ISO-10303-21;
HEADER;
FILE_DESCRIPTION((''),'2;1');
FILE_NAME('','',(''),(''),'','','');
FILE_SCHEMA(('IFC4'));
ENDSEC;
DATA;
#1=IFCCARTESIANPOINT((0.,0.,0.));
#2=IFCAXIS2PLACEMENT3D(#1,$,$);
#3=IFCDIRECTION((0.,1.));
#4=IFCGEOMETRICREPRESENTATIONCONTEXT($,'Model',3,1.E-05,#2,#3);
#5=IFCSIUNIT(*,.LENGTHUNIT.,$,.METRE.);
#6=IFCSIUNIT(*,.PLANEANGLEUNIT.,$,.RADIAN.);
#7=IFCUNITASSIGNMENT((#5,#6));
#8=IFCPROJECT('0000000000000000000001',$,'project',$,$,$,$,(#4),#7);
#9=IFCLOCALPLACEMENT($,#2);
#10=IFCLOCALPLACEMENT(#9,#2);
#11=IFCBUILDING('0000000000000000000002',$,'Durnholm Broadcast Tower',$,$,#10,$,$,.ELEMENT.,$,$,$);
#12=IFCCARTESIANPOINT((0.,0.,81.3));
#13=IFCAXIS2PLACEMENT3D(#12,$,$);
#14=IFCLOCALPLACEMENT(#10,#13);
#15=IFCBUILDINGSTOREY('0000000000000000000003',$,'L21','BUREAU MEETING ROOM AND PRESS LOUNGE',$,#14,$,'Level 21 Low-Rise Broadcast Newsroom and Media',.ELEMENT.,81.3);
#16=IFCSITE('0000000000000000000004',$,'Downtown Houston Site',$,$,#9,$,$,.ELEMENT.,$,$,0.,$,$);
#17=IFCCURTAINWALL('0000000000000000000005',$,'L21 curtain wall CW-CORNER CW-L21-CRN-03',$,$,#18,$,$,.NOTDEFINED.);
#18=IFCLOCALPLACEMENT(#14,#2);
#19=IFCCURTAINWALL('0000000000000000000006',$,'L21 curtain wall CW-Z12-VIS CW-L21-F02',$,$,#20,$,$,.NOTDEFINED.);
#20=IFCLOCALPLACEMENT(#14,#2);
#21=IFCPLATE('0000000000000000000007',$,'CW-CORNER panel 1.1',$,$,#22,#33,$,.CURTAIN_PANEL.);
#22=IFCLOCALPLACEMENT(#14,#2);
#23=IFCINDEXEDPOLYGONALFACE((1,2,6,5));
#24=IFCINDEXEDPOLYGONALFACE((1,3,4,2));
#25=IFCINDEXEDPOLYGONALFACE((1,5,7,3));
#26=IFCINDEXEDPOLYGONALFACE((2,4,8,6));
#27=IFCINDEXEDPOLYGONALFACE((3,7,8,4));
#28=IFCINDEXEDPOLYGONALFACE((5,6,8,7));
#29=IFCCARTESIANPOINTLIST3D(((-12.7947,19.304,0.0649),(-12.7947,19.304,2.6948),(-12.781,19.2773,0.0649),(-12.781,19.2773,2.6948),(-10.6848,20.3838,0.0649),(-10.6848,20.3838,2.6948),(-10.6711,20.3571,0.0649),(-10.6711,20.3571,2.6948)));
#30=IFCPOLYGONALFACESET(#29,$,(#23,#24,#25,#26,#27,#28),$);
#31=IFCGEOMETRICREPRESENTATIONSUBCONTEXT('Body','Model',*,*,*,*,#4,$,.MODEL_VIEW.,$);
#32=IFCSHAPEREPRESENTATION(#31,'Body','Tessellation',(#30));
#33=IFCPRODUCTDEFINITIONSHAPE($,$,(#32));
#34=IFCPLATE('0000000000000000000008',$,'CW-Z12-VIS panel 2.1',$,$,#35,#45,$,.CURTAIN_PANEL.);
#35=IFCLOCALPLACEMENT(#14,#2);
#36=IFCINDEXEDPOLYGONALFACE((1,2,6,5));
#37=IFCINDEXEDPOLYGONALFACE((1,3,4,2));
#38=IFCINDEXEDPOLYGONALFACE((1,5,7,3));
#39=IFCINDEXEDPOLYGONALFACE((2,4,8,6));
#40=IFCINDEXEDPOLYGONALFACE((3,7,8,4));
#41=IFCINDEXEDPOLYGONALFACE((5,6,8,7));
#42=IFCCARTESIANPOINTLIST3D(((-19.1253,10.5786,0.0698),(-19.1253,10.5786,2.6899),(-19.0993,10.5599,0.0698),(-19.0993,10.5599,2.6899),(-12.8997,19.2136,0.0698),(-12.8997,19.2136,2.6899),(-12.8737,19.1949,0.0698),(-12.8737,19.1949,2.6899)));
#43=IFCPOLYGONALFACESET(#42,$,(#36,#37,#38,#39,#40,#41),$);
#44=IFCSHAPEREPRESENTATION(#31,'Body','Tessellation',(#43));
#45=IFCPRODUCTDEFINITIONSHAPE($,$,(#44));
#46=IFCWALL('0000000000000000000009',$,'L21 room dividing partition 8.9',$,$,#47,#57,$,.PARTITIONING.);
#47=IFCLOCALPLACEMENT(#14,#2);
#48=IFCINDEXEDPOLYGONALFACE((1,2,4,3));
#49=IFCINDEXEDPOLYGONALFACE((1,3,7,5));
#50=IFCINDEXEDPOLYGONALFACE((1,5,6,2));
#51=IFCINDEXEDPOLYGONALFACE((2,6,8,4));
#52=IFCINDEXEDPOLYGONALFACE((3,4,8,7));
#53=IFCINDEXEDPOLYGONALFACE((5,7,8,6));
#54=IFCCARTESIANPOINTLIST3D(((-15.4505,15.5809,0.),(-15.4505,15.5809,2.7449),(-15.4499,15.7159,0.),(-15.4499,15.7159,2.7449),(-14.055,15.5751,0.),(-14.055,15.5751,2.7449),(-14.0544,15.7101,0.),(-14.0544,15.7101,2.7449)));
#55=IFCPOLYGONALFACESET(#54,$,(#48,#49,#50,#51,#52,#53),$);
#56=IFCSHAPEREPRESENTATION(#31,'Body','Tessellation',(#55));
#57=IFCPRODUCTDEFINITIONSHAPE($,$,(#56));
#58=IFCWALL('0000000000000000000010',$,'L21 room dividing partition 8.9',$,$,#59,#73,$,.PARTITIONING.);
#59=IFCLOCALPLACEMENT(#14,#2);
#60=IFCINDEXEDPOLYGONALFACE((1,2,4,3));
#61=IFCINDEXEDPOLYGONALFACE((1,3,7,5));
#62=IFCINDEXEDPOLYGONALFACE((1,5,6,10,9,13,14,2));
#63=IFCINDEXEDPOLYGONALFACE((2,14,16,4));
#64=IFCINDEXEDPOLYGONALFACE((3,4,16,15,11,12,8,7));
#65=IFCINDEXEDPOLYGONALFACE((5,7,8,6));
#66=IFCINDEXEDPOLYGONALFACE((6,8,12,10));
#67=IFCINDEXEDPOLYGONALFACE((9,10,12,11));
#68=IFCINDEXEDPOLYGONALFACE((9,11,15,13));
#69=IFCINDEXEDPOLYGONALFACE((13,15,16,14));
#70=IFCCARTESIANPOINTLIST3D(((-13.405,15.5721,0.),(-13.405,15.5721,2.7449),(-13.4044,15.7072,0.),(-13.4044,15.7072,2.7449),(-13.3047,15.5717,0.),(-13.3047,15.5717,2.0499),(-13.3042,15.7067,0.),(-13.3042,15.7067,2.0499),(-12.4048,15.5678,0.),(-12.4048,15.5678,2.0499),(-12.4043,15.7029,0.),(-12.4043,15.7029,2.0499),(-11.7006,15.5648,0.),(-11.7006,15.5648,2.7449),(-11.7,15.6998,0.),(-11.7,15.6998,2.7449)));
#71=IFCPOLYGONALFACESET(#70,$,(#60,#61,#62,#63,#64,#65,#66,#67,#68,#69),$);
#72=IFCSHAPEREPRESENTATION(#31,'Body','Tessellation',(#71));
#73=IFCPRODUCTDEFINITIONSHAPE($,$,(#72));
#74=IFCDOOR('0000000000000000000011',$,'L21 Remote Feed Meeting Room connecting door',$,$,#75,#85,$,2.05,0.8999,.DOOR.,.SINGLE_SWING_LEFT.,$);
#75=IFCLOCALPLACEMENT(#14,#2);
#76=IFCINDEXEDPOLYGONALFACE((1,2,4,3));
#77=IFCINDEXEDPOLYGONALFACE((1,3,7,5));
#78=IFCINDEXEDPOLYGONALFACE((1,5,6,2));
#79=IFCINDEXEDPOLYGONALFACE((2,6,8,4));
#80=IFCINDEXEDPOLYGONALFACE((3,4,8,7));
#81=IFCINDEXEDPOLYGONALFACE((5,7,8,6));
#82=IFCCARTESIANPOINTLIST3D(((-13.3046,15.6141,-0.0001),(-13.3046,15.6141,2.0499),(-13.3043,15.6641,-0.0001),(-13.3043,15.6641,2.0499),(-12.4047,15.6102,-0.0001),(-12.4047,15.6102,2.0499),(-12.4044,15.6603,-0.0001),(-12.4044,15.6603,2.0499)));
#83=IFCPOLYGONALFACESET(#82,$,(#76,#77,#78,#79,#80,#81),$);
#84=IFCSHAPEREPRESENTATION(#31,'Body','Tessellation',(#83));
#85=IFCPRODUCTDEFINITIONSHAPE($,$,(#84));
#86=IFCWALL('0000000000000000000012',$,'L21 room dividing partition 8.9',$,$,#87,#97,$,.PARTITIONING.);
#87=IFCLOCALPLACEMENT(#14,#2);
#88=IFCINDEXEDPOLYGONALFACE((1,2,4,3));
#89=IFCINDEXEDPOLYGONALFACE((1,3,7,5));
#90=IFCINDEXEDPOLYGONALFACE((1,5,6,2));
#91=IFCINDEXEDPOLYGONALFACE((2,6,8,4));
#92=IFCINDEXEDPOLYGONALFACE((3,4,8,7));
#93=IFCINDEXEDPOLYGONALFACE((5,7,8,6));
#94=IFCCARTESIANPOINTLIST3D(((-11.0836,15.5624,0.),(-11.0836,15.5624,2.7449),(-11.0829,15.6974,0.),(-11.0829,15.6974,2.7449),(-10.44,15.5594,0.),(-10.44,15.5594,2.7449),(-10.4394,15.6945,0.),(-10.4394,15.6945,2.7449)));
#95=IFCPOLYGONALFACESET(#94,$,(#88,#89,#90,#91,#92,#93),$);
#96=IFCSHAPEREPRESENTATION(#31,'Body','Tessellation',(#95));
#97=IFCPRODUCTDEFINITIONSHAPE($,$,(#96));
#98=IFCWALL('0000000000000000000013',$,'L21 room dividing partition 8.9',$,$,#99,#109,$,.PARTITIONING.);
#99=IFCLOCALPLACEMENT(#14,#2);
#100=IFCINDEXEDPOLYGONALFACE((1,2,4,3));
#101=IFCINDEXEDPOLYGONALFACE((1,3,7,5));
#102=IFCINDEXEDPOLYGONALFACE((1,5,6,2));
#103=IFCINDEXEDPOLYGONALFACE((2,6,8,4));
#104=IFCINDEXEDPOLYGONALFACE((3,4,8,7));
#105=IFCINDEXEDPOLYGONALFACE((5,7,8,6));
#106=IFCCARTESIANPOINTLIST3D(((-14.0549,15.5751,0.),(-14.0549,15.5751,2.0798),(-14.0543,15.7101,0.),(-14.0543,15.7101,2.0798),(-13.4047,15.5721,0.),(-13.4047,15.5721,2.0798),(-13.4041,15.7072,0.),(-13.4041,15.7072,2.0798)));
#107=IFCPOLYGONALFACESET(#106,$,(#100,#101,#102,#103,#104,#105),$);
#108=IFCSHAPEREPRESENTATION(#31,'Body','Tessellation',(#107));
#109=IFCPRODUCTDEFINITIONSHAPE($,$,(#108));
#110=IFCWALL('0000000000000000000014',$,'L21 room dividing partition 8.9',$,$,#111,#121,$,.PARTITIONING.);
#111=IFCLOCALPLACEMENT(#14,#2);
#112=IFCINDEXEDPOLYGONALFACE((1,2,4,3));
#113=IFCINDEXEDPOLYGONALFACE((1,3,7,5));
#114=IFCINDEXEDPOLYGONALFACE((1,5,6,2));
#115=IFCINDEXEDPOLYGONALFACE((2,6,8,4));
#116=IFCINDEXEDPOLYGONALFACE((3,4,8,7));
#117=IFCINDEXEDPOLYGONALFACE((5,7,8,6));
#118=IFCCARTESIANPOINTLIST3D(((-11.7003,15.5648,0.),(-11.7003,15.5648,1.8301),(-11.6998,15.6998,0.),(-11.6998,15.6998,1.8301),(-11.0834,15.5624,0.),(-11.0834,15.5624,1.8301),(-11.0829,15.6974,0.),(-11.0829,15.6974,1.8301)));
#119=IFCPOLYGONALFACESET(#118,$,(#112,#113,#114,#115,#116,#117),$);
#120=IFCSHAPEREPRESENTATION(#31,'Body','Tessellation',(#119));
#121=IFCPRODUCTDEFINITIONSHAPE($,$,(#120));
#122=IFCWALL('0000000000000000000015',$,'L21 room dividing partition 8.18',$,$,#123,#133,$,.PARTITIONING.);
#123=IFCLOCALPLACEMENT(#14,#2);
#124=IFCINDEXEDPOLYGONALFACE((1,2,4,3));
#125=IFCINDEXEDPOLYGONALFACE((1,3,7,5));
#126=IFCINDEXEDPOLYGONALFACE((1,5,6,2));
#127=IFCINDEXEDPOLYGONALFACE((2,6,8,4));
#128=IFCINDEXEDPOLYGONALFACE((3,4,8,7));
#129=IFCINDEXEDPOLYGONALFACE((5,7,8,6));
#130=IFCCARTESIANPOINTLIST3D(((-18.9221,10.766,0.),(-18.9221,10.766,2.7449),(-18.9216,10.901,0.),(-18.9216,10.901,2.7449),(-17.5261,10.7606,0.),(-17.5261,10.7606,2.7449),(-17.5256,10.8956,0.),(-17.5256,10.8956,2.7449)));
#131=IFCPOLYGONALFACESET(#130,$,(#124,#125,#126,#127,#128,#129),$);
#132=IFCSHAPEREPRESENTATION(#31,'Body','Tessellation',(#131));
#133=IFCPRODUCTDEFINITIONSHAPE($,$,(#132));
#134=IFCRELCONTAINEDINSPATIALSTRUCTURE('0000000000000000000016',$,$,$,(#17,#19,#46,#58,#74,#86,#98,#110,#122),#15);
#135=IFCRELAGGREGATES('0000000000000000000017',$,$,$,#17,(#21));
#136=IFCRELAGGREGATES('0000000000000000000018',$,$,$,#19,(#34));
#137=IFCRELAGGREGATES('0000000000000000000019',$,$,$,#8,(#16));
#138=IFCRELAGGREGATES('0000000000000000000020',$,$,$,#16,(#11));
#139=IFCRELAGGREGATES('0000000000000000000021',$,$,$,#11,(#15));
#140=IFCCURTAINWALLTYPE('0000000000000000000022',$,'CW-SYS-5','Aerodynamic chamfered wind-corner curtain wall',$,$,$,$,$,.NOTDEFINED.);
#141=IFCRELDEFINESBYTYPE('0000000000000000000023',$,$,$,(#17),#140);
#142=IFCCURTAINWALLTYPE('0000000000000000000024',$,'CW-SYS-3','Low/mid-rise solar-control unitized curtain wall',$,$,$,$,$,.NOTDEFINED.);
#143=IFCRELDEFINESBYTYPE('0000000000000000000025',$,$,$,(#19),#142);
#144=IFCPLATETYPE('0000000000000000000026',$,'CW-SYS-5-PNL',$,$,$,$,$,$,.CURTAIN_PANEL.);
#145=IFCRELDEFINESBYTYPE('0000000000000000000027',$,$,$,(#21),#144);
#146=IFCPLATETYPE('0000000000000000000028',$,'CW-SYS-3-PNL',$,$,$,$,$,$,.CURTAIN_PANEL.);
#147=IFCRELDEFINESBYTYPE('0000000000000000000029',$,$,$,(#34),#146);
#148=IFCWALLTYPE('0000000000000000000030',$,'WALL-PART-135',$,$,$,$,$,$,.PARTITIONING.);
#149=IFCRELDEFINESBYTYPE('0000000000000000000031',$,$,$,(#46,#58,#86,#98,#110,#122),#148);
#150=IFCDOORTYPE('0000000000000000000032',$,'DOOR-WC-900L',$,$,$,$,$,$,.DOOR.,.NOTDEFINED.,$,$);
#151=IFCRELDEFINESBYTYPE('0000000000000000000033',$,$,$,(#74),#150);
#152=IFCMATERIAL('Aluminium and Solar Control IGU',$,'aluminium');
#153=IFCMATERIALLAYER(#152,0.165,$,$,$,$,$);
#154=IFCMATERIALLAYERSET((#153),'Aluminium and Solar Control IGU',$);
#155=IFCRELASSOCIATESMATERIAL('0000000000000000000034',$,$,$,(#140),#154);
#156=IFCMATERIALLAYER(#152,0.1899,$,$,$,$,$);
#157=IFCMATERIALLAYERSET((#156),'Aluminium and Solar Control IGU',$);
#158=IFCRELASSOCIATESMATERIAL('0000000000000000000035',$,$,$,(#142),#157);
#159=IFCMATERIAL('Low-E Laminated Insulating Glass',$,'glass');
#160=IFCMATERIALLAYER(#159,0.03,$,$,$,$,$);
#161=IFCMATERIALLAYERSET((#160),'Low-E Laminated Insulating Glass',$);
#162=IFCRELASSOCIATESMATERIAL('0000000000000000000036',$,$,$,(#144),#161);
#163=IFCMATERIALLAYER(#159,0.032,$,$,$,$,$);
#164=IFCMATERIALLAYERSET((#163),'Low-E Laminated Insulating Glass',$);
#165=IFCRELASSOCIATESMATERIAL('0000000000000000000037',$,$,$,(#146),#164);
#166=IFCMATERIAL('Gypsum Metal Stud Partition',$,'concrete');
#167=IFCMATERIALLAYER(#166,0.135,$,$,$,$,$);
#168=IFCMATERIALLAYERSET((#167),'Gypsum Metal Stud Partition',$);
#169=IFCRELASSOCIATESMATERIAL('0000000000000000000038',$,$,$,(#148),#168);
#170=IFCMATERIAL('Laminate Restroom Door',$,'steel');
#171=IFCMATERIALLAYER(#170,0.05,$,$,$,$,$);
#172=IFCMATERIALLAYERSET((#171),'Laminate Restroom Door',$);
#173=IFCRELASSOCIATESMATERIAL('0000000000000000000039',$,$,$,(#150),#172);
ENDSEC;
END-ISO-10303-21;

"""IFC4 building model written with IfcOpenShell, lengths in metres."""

from ifc_helpers import new_model, si_unit, direction, frame, frame_2d, origin, origin_2d, place, context, subcontext, project, spatial, rectangle, extrude, source, transform, mapped, material, layer, layer_set, type_object, type_shapes, element, fill, aggregate, save


model = new_model("IFC4")

# Units and contexts
model_context = context("Model", 3, precision=1e-05, world=origin(), true_north=direction((0.0, 1.0)))
body_context = subcontext(model_context, "Body", "Model", "MODEL_VIEW")
ifc_project = project(units=[si_unit("LENGTHUNIT", "METRE"), si_unit("PLANEANGLEUNIT", "RADIAN")], contexts=[model_context])

# Site, building, storey
site_placement = place(None, origin())
site = spatial("IfcSite", under=ifc_project, at=site_placement, Name="Downtown Houston Site", CompositionType="ELEMENT", RefElevation=0.0)
building_placement = place(site_placement, origin())
building = spatial("IfcBuilding", under=site, at=building_placement, Name="Durnholm Broadcast Tower", CompositionType="ELEMENT")
storey_placement = place(building_placement, frame((0.0, 0.0, 81.3)))
storey = spatial("IfcBuildingStorey", under=building, at=storey_placement, Name="L21", Description="BUREAU MEETING ROOM AND PRESS LOUNGE", LongName="Level 21 Low-Rise Broadcast Newsroom and Media", CompositionType="ELEMENT", Elevation=81.3)

# Curtain wall
ifc_material_1 = material(Name="Aluminium and Solar Control IGU", Category="aluminium")
ifc_layer_1 = layer(ifc_material_1, 0.165)
ifc_layer_set_1 = layer_set([ifc_layer_1], Name="Aluminium and Solar Control IGU")
curtain_wall_type_1 = type_object("IfcCurtainWallType", Name="CW-SYS-5", Description="Aerodynamic chamfered wind-corner curtain wall", PredefinedType="NOTDEFINED", material=ifc_layer_set_1)
curtain_wall_1_placement = place(storey_placement, origin())
curtain_wall_1 = element("IfcCurtainWall", 1, at=curtain_wall_1_placement, inside=storey, type_object=curtain_wall_type_1, Name="L21 curtain wall CW-CORNER CW-L21-CRN-03", PredefinedType="NOTDEFINED")

# Curtain wall
ifc_layer_2 = layer(ifc_material_1, 0.1899)
ifc_layer_set_2 = layer_set([ifc_layer_2], Name="Aluminium and Solar Control IGU")
curtain_wall_type_2 = type_object("IfcCurtainWallType", Name="CW-SYS-3", Description="Low/mid-rise solar-control unitized curtain wall", PredefinedType="NOTDEFINED", material=ifc_layer_set_2)
curtain_wall_2_placement = place(storey_placement, origin())
curtain_wall_2 = element("IfcCurtainWall", 2, at=curtain_wall_2_placement, inside=storey, type_object=curtain_wall_type_2, Name="L21 curtain wall CW-Z12-VIS CW-L21-F02", PredefinedType="NOTDEFINED")

# Plates
ifc_material_2 = material(Name="Low-E Laminated Insulating Glass", Category="glass")
ifc_layer_3 = layer(ifc_material_2, 0.03)
ifc_layer_set_3 = layer_set([ifc_layer_3], Name="Low-E Laminated Insulating Glass")
plate_type_1 = type_object("IfcPlateType", Name="CW-SYS-5-PNL", PredefinedType="CURTAIN_PANEL", material=ifc_layer_set_3)
shared_shape_1 = source(origin(), body_context, "Body", "SweptSolid", [
    extrude(rectangle(XDim=2.3701, YDim=0.03, at=origin_2d()), origin(), (0.0, 0.0, 1.0), 2.6299),
])
type_shapes(plate_type_1, [shared_shape_1])
plate_1_placement = place(storey_placement, frame((-11.7329, 19.8306, 0.0649), z_axis=(0.0, 0.0, 1.0), x_axis=(0.890188, 0.455594, 0.0)))
plate_1 = element("IfcPlate", 3, at=plate_1_placement, type_object=plate_type_1, Name="CW-CORNER panel 1.1", PredefinedType="CURTAIN_PANEL", context=body_context, shape_type="MappedRepresentation", body=[
    mapped(shared_shape_1, transform((0.0, 0.0, 0.0), x_axis=(1.0, 0.0, 0.0), y_axis=(0.0, 1.0, 0.0), z_axis=(0.0, 0.0, 1.0), scale=1.0)),
])
aggregate(curtain_wall_1, [plate_1])
ifc_layer_4 = layer(ifc_material_2, 0.032)
ifc_layer_set_4 = layer_set([ifc_layer_4], Name="Low-E Laminated Insulating Glass")
plate_type_2 = type_object("IfcPlateType", Name="CW-SYS-3-PNL", PredefinedType="CURTAIN_PANEL", material=ifc_layer_set_4)
shared_shape_2 = source(origin(), body_context, "Body", "SweptSolid", [
    extrude(rectangle(XDim=10.6453, YDim=0.032, at=origin_2d()), origin(), (0.0, 0.0, 1.0), 2.6201),
])
type_shapes(plate_type_2, [shared_shape_2])
plate_2_placement = place(storey_placement, frame((-15.9995, 14.8867, 0.0698), z_axis=(0.0, 0.0, 1.0), x_axis=(0.584823, 0.811161, 0.0)))
plate_2 = element("IfcPlate", 4, at=plate_2_placement, type_object=plate_type_2, Name="CW-Z12-VIS panel 2.1", PredefinedType="CURTAIN_PANEL", context=body_context, shape_type="MappedRepresentation", body=[
    mapped(shared_shape_2, transform((0.0, 0.0, 0.0), x_axis=(1.0, 0.0, 0.0), y_axis=(0.0, 1.0, 0.0), z_axis=(0.0, 0.0, 1.0), scale=1.0)),
])
aggregate(curtain_wall_2, [plate_2])

# Wall
ifc_material_3 = material(Name="Gypsum Metal Stud Partition", Category="concrete")
ifc_layer_5 = layer(ifc_material_3, 0.135)
ifc_layer_set_5 = layer_set([ifc_layer_5], Name="Gypsum Metal Stud Partition")
wall_type = type_object("IfcWallType", Name="WALL-PART-135", PredefinedType="PARTITIONING", material=ifc_layer_set_5)
wall_1_placement = place(storey_placement, frame((-15.4502, 15.6484, 0.0), z_axis=(0.0, 0.0, 1.0), x_axis=(0.999991, -0.004199, 0.0)))
element("IfcWall", 5, at=wall_1_placement, inside=storey, type_object=wall_type, Name="L21 room dividing partition 8.9", PredefinedType="PARTITIONING", context=body_context, shape_type="SweptSolid", body=[
    extrude(rectangle(XDim=1.3955, YDim=0.135, at=frame_2d((0.6978, 0.0))), origin(), (0.0, 0.0, 1.0), 2.7449),
])

# Wall, opening, door
wall_2_placement = place(storey_placement, frame((-13.4045, 15.6396, 0.0), z_axis=(0.0, 0.0, 1.0), x_axis=(0.999991, -0.004297, 0.0)))
wall_2 = element("IfcWall", 6, at=wall_2_placement, inside=storey, type_object=wall_type, Name="L21 room dividing partition 8.9", PredefinedType="PARTITIONING", context=body_context, shape_type="SweptSolid", body=[
    extrude(rectangle(XDim=1.7043, YDim=0.135, at=frame_2d((0.8521, 0.0))), origin(), (0.0, 0.0, 1.0), 2.7449),
])
opening_placement = place(wall_2_placement, frame((0.1001, 0.0, 0.0)))
opening = element("IfcOpeningElement", 7, at=opening_placement, cuts=wall_2, PredefinedType="OPENING", context=body_context, shape_type="SweptSolid", body=[
    extrude(rectangle(XDim=0.8999, YDim=2.05, at=frame_2d((0.45, 1.0249))), frame((0.0, 0.0776, 0.0), z_axis=(0.0, -1.0, 0.0), x_axis=(1.0, 0.0, 0.0)), (0.0, 0.0, 1.0), 0.155),
])
ifc_material_4 = material(Name="Laminate Restroom Door", Category="steel")
ifc_layer_6 = layer(ifc_material_4, 0.05)
ifc_layer_set_6 = layer_set([ifc_layer_6], Name="Laminate Restroom Door")
door_type = type_object("IfcDoorType", Name="DOOR-WC-900L", OperationType="NOTDEFINED", PredefinedType="DOOR", material=ifc_layer_set_6)
shared_shape_3 = source(origin(), body_context, "Body", "SweptSolid", [
    extrude(rectangle(XDim=0.8999, YDim=2.05, at=frame_2d((0.45, 1.0249))), frame((0.0, 0.0249, 0.0), z_axis=(0.0, -1.0, 0.0), x_axis=(1.0, 0.0, 0.0)), (0.0, 0.0, 1.0), 0.05),
])
type_shapes(door_type, [shared_shape_3])
door_placement = place(opening_placement, origin())
door = element("IfcDoor", 8, at=door_placement, inside=storey, type_object=door_type, Name="L21 Remote Feed Meeting Room connecting door", OperationType="SINGLE_SWING_LEFT", OverallHeight=2.05, OverallWidth=0.8999, PredefinedType="DOOR", context=body_context, shape_type="MappedRepresentation", body=[
    mapped(shared_shape_3, transform((0.0, 0.0, 0.0), x_axis=(1.0, 0.0, 0.0), y_axis=(0.0, 1.0, 0.0), z_axis=(0.0, 0.0, 1.0), scale=1.0)),
])
fill(opening, door)

# Walls
wall_3_placement = place(storey_placement, frame((-11.0833, 15.6299, 0.0), z_axis=(0.0, 0.0, 1.0), x_axis=(0.99999, -0.004552, 0.0)))
element("IfcWall", 9, at=wall_3_placement, inside=storey, type_object=wall_type, Name="L21 room dividing partition 8.9", PredefinedType="PARTITIONING", context=body_context, shape_type="SweptSolid", body=[
    extrude(rectangle(XDim=0.6436, YDim=0.135, at=frame_2d((0.3218, 0.0))), origin(), (0.0, 0.0, 1.0), 2.7449),
])
wall_4_placement = place(storey_placement, frame((-14.0547, 15.6426, 0.0), z_axis=(0.0, 0.0, 1.0), x_axis=(0.99999, -0.004506, 0.0)))
element("IfcWall", 10, at=wall_4_placement, inside=storey, type_object=wall_type, Name="L21 room dividing partition 8.9", PredefinedType="PARTITIONING", context=body_context, shape_type="SweptSolid", body=[
    extrude(rectangle(XDim=0.6501, YDim=0.135, at=frame_2d((0.3252, 0.0))), origin(), (0.0, 0.0, 1.0), 2.0798),
])
wall_5_placement = place(storey_placement, frame((-11.7002, 15.6323, 0.0), z_axis=(0.0, 0.0, 1.0), x_axis=(0.999992, -0.003957, 0.0)))
element("IfcWall", 11, at=wall_5_placement, inside=storey, type_object=wall_type, Name="L21 room dividing partition 8.9", PredefinedType="PARTITIONING", context=body_context, shape_type="SweptSolid", body=[
    extrude(rectangle(XDim=0.6169, YDim=0.135, at=frame_2d((0.3086, 0.0))), origin(), (0.0, 0.0, 1.0), 1.8301),
])
wall_6_placement = place(storey_placement, frame((-17.5259, 10.8281, 0.0), z_axis=(0.0, 0.0, 1.0), x_axis=(-0.999993, 0.003847, 0.0)))
element("IfcWall", 12, at=wall_6_placement, inside=storey, type_object=wall_type, Name="L21 room dividing partition 8.18", PredefinedType="PARTITIONING", context=body_context, shape_type="SweptSolid", body=[
    extrude(rectangle(XDim=1.396, YDim=0.135, at=frame_2d((0.698, 0.0))), origin(), (0.0, 0.0, 1.0), 2.7449),
])

save(model, "model.ifc")
